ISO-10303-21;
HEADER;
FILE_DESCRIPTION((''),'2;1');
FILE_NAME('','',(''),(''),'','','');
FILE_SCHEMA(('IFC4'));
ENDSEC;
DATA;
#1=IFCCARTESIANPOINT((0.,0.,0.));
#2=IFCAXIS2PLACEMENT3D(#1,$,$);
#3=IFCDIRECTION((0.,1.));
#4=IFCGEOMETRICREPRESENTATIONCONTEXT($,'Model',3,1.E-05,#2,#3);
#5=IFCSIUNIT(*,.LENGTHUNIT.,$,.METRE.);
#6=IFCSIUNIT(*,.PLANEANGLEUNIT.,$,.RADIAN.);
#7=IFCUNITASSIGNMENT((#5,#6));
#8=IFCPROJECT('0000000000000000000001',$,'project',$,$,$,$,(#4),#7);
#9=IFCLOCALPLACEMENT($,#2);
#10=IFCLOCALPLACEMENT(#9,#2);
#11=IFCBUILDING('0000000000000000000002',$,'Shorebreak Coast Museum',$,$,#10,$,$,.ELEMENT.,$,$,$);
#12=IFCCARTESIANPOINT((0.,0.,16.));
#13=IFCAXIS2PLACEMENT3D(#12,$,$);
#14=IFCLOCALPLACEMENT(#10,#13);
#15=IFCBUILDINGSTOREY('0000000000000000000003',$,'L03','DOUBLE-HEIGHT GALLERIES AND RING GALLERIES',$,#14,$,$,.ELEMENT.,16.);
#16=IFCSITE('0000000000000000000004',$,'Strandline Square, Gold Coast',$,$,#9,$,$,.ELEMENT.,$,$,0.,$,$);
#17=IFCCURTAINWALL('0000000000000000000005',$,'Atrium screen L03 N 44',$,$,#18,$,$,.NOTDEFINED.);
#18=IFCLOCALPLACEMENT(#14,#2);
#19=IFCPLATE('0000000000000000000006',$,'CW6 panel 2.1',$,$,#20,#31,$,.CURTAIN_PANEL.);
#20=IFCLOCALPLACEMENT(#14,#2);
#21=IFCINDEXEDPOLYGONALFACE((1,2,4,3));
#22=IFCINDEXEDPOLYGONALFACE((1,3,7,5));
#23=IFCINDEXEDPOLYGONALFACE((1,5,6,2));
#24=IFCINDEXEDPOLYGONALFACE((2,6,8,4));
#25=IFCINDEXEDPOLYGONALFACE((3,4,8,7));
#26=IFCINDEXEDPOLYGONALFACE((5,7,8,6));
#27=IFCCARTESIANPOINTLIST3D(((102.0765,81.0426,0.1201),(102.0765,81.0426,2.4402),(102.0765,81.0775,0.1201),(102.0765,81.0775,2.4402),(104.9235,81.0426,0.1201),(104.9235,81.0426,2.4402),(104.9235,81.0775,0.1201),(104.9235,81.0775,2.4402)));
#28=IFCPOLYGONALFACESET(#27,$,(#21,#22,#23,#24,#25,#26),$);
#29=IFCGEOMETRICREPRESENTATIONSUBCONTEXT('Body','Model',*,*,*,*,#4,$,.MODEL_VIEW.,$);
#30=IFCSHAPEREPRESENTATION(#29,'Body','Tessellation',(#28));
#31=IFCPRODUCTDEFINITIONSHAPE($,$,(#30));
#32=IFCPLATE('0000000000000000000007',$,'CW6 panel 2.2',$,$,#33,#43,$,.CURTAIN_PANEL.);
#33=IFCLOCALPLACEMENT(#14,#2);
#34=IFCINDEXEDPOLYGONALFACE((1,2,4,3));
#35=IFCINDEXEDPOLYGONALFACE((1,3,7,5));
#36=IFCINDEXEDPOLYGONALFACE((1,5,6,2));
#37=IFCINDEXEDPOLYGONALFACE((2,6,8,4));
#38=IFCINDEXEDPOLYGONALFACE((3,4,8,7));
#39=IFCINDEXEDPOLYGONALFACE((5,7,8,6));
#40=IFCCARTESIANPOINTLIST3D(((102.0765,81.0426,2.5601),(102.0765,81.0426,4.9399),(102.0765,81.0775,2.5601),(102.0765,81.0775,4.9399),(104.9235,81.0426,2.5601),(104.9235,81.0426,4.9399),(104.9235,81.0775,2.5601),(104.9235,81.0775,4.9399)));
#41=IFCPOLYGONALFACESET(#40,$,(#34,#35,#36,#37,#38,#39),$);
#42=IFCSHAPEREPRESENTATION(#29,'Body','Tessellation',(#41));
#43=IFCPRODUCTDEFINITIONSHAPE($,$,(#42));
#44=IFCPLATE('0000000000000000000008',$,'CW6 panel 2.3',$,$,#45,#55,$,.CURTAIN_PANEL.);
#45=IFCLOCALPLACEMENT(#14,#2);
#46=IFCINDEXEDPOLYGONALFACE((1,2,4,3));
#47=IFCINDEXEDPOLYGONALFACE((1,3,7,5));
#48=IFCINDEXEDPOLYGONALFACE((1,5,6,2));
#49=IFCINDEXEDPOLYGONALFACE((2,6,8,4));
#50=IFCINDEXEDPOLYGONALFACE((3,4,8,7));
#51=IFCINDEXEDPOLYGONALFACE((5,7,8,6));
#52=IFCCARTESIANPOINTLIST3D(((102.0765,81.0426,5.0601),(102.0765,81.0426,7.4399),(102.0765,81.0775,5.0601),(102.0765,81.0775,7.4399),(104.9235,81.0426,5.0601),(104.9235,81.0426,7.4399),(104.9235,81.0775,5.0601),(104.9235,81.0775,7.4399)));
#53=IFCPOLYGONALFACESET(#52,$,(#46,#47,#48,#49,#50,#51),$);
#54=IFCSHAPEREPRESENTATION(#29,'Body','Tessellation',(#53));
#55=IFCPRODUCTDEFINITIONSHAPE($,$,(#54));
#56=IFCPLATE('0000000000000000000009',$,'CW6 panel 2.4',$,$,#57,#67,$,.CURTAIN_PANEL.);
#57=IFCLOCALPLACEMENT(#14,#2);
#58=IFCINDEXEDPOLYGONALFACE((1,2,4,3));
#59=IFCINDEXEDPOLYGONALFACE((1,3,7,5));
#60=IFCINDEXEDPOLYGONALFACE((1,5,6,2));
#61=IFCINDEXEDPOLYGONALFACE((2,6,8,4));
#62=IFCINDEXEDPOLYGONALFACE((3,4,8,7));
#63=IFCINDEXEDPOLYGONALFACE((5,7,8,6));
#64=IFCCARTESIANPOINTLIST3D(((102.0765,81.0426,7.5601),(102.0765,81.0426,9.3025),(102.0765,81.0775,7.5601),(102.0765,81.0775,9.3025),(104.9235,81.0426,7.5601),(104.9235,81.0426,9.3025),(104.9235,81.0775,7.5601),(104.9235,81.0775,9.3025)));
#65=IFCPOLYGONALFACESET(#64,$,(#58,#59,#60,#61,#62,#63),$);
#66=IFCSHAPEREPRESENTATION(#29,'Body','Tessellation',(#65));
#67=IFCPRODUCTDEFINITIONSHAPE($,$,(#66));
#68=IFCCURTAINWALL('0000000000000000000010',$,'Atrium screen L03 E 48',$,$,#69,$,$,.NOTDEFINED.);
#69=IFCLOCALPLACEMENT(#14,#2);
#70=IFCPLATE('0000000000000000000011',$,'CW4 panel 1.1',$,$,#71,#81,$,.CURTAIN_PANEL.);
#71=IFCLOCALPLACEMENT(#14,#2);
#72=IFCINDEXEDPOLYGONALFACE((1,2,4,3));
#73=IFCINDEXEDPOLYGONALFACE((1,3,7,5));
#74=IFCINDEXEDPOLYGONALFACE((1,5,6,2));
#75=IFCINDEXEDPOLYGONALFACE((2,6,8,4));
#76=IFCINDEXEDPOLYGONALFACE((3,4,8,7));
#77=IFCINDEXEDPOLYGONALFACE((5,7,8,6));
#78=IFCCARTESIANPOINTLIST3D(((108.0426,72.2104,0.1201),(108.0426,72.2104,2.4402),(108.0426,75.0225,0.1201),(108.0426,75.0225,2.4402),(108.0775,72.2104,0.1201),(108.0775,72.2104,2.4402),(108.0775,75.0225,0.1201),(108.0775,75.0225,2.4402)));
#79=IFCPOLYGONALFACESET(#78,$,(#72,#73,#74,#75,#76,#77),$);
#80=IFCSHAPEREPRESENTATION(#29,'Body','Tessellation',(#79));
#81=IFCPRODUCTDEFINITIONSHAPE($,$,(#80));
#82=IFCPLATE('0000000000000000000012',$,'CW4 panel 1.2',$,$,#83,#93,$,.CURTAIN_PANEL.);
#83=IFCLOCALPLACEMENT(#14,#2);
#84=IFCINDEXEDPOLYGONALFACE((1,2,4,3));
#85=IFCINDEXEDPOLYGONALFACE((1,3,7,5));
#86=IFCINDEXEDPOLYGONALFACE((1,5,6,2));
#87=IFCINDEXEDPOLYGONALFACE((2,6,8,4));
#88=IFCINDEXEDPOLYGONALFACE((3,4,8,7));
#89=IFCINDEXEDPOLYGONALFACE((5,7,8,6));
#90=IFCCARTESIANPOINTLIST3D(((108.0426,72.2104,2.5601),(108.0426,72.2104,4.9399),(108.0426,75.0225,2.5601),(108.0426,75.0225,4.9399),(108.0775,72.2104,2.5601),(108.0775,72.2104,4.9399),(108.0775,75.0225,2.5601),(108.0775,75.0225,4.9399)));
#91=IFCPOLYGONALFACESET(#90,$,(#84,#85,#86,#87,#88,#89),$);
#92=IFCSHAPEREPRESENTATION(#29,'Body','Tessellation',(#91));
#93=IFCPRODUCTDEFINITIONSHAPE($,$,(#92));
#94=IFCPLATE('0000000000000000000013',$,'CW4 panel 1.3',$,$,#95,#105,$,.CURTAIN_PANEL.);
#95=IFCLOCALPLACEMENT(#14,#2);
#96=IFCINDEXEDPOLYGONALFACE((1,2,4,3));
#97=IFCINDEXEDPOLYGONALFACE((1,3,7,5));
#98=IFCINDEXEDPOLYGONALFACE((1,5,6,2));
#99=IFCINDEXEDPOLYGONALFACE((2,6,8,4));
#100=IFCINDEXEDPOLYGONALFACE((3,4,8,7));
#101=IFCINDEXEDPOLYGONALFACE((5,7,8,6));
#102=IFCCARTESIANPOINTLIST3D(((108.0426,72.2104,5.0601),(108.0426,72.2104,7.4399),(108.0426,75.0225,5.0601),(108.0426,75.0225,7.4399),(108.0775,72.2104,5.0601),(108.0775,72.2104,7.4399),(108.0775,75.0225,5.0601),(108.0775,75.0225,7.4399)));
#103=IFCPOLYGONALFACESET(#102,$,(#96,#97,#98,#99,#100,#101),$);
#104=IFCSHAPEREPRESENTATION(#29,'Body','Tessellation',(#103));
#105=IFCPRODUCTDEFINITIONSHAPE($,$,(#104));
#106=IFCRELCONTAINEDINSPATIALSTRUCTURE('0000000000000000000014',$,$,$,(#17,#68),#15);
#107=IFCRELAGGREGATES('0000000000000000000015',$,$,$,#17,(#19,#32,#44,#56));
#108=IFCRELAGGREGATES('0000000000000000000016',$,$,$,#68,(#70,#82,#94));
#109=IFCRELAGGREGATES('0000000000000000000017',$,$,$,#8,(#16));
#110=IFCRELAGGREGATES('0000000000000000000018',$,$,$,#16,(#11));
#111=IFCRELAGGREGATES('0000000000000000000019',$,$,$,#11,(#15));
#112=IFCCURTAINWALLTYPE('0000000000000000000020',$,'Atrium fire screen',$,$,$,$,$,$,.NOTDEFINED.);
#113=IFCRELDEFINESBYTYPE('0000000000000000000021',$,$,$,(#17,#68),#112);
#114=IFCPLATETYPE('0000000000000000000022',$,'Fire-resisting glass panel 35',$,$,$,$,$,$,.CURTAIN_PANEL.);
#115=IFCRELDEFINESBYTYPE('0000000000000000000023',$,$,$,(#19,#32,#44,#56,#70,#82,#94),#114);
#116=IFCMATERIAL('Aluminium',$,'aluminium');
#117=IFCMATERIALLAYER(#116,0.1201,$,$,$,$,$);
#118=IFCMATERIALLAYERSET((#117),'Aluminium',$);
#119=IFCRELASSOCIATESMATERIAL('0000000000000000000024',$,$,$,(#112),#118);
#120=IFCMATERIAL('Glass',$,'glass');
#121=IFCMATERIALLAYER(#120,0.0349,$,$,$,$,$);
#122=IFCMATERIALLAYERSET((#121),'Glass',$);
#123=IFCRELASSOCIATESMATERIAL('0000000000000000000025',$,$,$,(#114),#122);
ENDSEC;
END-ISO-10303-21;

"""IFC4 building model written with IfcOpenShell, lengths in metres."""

from ifc_helpers import new_model, si_unit, direction, frame, origin, origin_2d, place, context, subcontext, project, spatial, rectangle, extrude, material, layer, layer_set, type_object, element, aggregate, save


model = new_model("IFC4")

# Units and contexts
model_context = context("Model", 3, precision=1e-05, world=origin(), true_north=direction((0.0, 1.0)))
body_context = subcontext(model_context, "Body", "Model", "MODEL_VIEW")
ifc_project = project(units=[si_unit("LENGTHUNIT", "METRE"), si_unit("PLANEANGLEUNIT", "RADIAN")], contexts=[model_context])

# Site, building, storey
site_placement = place(None, origin())
site = spatial("IfcSite", under=ifc_project, at=site_placement, Name="Strandline Square, Gold Coast", CompositionType="ELEMENT", RefElevation=0.0)
building_placement = place(site_placement, origin())
building = spatial("IfcBuilding", under=site, at=building_placement, Name="Shorebreak Coast Museum", CompositionType="ELEMENT")
storey_placement = place(building_placement, frame((0.0, 0.0, 16.0)))
storey = spatial("IfcBuildingStorey", under=building, at=storey_placement, Name="L03", Description="DOUBLE-HEIGHT GALLERIES AND RING GALLERIES", CompositionType="ELEMENT", Elevation=16.0)

# Curtain wall, plates
ifc_material_1 = material(Name="Aluminium", Category="aluminium")
ifc_layer_1 = layer(ifc_material_1, 0.1201)
ifc_layer_set_1 = layer_set([ifc_layer_1], Name="Aluminium")
curtain_wall_type = type_object("IfcCurtainWallType", Name="Atrium fire screen", PredefinedType="NOTDEFINED", material=ifc_layer_set_1)
curtain_wall_1_placement = place(storey_placement, origin())
curtain_wall_1 = element("IfcCurtainWall", 1, at=curtain_wall_1_placement, inside=storey, type_object=curtain_wall_type, Name="Atrium screen L03 N 44", PredefinedType="NOTDEFINED")
ifc_material_2 = material(Name="Glass", Category="glass")
ifc_layer_2 = layer(ifc_material_2, 0.0349)
ifc_layer_set_2 = layer_set([ifc_layer_2], Name="Glass")
plate_type = type_object("IfcPlateType", Name="Fire-resisting glass panel 35", PredefinedType="CURTAIN_PANEL", material=ifc_layer_set_2)
plate_1_placement = place(storey_placement, frame((103.5, 81.0601, 0.1201), z_axis=(0.0, 0.0, 1.0), x_axis=(1.0, 0.0, 0.0)))
plate_1 = element("IfcPlate", 2, at=plate_1_placement, type_object=plate_type, Name="CW6 panel 2.1", PredefinedType="CURTAIN_PANEL", context=body_context, shape_type="SweptSolid", body=[
    extrude(rectangle(XDim=2.8469, YDim=0.0349, at=origin_2d()), origin(), (0.0, 0.0, 1.0), 2.3201),
])
plate_2_placement = place(storey_placement, frame((103.5, 81.0601, 2.5601), z_axis=(0.0, 0.0, 1.0), x_axis=(1.0, 0.0, 0.0)))
plate_2 = element("IfcPlate", 3, at=plate_2_placement, type_object=plate_type, Name="CW6 panel 2.2", PredefinedType="CURTAIN_PANEL", context=body_context, shape_type="SweptSolid", body=[
    extrude(rectangle(XDim=2.8469, YDim=0.0349, at=origin_2d()), origin(), (0.0, 0.0, 1.0), 2.3799),
])
plate_3_placement = place(storey_placement, frame((103.5, 81.0601, 5.0601), z_axis=(0.0, 0.0, 1.0), x_axis=(1.0, 0.0, 0.0)))
plate_3 = element("IfcPlate", 4, at=plate_3_placement, type_object=plate_type, Name="CW6 panel 2.3", PredefinedType="CURTAIN_PANEL", context=body_context, shape_type="SweptSolid", body=[
    extrude(rectangle(XDim=2.8469, YDim=0.0349, at=origin_2d()), origin(), (0.0, 0.0, 1.0), 2.3799),
])
plate_4_placement = place(storey_placement, frame((103.5, 81.0601, 7.5601), z_axis=(0.0, 0.0, 1.0), x_axis=(1.0, 0.0, 0.0)))
plate_4 = element("IfcPlate", 5, at=plate_4_placement, type_object=plate_type, Name="CW6 panel 2.4", PredefinedType="CURTAIN_PANEL", context=body_context, shape_type="SweptSolid", body=[
    extrude(rectangle(XDim=2.8469, YDim=0.0349, at=origin_2d()), origin(), (0.0, 0.0, 1.0), 1.7424),
])
aggregate(curtain_wall_1, [plate_1, plate_2, plate_3, plate_4])

# Curtain wall, plates
curtain_wall_2_placement = place(storey_placement, origin())
curtain_wall_2 = element("IfcCurtainWall", 6, at=curtain_wall_2_placement, inside=storey, type_object=curtain_wall_type, Name="Atrium screen L03 E 48", PredefinedType="NOTDEFINED")
plate_5_placement = place(storey_placement, frame((108.0601, 73.6165, 0.1201), z_axis=(0.0, 0.0, 1.0), x_axis=(0.0, 1.0, 0.0)))
plate_5 = element("IfcPlate", 7, at=plate_5_placement, type_object=plate_type, Name="CW4 panel 1.1", PredefinedType="CURTAIN_PANEL", context=body_context, shape_type="SweptSolid", body=[
    extrude(rectangle(XDim=2.812, YDim=0.0349, at=origin_2d()), origin(), (0.0, 0.0, 1.0), 2.3201),
])
plate_6_placement = place(storey_placement, frame((108.0601, 73.6165, 2.5601), z_axis=(0.0, 0.0, 1.0), x_axis=(0.0, 1.0, 0.0)))
plate_6 = element("IfcPlate", 8, at=plate_6_placement, type_object=plate_type, Name="CW4 panel 1.2", PredefinedType="CURTAIN_PANEL", context=body_context, shape_type="SweptSolid", body=[
    extrude(rectangle(XDim=2.812, YDim=0.0349, at=origin_2d()), origin(), (0.0, 0.0, 1.0), 2.3799),
])
plate_7_placement = place(storey_placement, frame((108.0601, 73.6165, 5.0601), z_axis=(0.0, 0.0, 1.0), x_axis=(0.0, 1.0, 0.0)))
plate_7 = element("IfcPlate", 9, at=plate_7_placement, type_object=plate_type, Name="CW4 panel 1.3", PredefinedType="CURTAIN_PANEL", context=body_context, shape_type="SweptSolid", body=[
    extrude(rectangle(XDim=2.812, YDim=0.0349, at=origin_2d()), origin(), (0.0, 0.0, 1.0), 2.3799),
])
aggregate(curtain_wall_2, [plate_5, plate_6, plate_7])

save(model, "model.ifc")
